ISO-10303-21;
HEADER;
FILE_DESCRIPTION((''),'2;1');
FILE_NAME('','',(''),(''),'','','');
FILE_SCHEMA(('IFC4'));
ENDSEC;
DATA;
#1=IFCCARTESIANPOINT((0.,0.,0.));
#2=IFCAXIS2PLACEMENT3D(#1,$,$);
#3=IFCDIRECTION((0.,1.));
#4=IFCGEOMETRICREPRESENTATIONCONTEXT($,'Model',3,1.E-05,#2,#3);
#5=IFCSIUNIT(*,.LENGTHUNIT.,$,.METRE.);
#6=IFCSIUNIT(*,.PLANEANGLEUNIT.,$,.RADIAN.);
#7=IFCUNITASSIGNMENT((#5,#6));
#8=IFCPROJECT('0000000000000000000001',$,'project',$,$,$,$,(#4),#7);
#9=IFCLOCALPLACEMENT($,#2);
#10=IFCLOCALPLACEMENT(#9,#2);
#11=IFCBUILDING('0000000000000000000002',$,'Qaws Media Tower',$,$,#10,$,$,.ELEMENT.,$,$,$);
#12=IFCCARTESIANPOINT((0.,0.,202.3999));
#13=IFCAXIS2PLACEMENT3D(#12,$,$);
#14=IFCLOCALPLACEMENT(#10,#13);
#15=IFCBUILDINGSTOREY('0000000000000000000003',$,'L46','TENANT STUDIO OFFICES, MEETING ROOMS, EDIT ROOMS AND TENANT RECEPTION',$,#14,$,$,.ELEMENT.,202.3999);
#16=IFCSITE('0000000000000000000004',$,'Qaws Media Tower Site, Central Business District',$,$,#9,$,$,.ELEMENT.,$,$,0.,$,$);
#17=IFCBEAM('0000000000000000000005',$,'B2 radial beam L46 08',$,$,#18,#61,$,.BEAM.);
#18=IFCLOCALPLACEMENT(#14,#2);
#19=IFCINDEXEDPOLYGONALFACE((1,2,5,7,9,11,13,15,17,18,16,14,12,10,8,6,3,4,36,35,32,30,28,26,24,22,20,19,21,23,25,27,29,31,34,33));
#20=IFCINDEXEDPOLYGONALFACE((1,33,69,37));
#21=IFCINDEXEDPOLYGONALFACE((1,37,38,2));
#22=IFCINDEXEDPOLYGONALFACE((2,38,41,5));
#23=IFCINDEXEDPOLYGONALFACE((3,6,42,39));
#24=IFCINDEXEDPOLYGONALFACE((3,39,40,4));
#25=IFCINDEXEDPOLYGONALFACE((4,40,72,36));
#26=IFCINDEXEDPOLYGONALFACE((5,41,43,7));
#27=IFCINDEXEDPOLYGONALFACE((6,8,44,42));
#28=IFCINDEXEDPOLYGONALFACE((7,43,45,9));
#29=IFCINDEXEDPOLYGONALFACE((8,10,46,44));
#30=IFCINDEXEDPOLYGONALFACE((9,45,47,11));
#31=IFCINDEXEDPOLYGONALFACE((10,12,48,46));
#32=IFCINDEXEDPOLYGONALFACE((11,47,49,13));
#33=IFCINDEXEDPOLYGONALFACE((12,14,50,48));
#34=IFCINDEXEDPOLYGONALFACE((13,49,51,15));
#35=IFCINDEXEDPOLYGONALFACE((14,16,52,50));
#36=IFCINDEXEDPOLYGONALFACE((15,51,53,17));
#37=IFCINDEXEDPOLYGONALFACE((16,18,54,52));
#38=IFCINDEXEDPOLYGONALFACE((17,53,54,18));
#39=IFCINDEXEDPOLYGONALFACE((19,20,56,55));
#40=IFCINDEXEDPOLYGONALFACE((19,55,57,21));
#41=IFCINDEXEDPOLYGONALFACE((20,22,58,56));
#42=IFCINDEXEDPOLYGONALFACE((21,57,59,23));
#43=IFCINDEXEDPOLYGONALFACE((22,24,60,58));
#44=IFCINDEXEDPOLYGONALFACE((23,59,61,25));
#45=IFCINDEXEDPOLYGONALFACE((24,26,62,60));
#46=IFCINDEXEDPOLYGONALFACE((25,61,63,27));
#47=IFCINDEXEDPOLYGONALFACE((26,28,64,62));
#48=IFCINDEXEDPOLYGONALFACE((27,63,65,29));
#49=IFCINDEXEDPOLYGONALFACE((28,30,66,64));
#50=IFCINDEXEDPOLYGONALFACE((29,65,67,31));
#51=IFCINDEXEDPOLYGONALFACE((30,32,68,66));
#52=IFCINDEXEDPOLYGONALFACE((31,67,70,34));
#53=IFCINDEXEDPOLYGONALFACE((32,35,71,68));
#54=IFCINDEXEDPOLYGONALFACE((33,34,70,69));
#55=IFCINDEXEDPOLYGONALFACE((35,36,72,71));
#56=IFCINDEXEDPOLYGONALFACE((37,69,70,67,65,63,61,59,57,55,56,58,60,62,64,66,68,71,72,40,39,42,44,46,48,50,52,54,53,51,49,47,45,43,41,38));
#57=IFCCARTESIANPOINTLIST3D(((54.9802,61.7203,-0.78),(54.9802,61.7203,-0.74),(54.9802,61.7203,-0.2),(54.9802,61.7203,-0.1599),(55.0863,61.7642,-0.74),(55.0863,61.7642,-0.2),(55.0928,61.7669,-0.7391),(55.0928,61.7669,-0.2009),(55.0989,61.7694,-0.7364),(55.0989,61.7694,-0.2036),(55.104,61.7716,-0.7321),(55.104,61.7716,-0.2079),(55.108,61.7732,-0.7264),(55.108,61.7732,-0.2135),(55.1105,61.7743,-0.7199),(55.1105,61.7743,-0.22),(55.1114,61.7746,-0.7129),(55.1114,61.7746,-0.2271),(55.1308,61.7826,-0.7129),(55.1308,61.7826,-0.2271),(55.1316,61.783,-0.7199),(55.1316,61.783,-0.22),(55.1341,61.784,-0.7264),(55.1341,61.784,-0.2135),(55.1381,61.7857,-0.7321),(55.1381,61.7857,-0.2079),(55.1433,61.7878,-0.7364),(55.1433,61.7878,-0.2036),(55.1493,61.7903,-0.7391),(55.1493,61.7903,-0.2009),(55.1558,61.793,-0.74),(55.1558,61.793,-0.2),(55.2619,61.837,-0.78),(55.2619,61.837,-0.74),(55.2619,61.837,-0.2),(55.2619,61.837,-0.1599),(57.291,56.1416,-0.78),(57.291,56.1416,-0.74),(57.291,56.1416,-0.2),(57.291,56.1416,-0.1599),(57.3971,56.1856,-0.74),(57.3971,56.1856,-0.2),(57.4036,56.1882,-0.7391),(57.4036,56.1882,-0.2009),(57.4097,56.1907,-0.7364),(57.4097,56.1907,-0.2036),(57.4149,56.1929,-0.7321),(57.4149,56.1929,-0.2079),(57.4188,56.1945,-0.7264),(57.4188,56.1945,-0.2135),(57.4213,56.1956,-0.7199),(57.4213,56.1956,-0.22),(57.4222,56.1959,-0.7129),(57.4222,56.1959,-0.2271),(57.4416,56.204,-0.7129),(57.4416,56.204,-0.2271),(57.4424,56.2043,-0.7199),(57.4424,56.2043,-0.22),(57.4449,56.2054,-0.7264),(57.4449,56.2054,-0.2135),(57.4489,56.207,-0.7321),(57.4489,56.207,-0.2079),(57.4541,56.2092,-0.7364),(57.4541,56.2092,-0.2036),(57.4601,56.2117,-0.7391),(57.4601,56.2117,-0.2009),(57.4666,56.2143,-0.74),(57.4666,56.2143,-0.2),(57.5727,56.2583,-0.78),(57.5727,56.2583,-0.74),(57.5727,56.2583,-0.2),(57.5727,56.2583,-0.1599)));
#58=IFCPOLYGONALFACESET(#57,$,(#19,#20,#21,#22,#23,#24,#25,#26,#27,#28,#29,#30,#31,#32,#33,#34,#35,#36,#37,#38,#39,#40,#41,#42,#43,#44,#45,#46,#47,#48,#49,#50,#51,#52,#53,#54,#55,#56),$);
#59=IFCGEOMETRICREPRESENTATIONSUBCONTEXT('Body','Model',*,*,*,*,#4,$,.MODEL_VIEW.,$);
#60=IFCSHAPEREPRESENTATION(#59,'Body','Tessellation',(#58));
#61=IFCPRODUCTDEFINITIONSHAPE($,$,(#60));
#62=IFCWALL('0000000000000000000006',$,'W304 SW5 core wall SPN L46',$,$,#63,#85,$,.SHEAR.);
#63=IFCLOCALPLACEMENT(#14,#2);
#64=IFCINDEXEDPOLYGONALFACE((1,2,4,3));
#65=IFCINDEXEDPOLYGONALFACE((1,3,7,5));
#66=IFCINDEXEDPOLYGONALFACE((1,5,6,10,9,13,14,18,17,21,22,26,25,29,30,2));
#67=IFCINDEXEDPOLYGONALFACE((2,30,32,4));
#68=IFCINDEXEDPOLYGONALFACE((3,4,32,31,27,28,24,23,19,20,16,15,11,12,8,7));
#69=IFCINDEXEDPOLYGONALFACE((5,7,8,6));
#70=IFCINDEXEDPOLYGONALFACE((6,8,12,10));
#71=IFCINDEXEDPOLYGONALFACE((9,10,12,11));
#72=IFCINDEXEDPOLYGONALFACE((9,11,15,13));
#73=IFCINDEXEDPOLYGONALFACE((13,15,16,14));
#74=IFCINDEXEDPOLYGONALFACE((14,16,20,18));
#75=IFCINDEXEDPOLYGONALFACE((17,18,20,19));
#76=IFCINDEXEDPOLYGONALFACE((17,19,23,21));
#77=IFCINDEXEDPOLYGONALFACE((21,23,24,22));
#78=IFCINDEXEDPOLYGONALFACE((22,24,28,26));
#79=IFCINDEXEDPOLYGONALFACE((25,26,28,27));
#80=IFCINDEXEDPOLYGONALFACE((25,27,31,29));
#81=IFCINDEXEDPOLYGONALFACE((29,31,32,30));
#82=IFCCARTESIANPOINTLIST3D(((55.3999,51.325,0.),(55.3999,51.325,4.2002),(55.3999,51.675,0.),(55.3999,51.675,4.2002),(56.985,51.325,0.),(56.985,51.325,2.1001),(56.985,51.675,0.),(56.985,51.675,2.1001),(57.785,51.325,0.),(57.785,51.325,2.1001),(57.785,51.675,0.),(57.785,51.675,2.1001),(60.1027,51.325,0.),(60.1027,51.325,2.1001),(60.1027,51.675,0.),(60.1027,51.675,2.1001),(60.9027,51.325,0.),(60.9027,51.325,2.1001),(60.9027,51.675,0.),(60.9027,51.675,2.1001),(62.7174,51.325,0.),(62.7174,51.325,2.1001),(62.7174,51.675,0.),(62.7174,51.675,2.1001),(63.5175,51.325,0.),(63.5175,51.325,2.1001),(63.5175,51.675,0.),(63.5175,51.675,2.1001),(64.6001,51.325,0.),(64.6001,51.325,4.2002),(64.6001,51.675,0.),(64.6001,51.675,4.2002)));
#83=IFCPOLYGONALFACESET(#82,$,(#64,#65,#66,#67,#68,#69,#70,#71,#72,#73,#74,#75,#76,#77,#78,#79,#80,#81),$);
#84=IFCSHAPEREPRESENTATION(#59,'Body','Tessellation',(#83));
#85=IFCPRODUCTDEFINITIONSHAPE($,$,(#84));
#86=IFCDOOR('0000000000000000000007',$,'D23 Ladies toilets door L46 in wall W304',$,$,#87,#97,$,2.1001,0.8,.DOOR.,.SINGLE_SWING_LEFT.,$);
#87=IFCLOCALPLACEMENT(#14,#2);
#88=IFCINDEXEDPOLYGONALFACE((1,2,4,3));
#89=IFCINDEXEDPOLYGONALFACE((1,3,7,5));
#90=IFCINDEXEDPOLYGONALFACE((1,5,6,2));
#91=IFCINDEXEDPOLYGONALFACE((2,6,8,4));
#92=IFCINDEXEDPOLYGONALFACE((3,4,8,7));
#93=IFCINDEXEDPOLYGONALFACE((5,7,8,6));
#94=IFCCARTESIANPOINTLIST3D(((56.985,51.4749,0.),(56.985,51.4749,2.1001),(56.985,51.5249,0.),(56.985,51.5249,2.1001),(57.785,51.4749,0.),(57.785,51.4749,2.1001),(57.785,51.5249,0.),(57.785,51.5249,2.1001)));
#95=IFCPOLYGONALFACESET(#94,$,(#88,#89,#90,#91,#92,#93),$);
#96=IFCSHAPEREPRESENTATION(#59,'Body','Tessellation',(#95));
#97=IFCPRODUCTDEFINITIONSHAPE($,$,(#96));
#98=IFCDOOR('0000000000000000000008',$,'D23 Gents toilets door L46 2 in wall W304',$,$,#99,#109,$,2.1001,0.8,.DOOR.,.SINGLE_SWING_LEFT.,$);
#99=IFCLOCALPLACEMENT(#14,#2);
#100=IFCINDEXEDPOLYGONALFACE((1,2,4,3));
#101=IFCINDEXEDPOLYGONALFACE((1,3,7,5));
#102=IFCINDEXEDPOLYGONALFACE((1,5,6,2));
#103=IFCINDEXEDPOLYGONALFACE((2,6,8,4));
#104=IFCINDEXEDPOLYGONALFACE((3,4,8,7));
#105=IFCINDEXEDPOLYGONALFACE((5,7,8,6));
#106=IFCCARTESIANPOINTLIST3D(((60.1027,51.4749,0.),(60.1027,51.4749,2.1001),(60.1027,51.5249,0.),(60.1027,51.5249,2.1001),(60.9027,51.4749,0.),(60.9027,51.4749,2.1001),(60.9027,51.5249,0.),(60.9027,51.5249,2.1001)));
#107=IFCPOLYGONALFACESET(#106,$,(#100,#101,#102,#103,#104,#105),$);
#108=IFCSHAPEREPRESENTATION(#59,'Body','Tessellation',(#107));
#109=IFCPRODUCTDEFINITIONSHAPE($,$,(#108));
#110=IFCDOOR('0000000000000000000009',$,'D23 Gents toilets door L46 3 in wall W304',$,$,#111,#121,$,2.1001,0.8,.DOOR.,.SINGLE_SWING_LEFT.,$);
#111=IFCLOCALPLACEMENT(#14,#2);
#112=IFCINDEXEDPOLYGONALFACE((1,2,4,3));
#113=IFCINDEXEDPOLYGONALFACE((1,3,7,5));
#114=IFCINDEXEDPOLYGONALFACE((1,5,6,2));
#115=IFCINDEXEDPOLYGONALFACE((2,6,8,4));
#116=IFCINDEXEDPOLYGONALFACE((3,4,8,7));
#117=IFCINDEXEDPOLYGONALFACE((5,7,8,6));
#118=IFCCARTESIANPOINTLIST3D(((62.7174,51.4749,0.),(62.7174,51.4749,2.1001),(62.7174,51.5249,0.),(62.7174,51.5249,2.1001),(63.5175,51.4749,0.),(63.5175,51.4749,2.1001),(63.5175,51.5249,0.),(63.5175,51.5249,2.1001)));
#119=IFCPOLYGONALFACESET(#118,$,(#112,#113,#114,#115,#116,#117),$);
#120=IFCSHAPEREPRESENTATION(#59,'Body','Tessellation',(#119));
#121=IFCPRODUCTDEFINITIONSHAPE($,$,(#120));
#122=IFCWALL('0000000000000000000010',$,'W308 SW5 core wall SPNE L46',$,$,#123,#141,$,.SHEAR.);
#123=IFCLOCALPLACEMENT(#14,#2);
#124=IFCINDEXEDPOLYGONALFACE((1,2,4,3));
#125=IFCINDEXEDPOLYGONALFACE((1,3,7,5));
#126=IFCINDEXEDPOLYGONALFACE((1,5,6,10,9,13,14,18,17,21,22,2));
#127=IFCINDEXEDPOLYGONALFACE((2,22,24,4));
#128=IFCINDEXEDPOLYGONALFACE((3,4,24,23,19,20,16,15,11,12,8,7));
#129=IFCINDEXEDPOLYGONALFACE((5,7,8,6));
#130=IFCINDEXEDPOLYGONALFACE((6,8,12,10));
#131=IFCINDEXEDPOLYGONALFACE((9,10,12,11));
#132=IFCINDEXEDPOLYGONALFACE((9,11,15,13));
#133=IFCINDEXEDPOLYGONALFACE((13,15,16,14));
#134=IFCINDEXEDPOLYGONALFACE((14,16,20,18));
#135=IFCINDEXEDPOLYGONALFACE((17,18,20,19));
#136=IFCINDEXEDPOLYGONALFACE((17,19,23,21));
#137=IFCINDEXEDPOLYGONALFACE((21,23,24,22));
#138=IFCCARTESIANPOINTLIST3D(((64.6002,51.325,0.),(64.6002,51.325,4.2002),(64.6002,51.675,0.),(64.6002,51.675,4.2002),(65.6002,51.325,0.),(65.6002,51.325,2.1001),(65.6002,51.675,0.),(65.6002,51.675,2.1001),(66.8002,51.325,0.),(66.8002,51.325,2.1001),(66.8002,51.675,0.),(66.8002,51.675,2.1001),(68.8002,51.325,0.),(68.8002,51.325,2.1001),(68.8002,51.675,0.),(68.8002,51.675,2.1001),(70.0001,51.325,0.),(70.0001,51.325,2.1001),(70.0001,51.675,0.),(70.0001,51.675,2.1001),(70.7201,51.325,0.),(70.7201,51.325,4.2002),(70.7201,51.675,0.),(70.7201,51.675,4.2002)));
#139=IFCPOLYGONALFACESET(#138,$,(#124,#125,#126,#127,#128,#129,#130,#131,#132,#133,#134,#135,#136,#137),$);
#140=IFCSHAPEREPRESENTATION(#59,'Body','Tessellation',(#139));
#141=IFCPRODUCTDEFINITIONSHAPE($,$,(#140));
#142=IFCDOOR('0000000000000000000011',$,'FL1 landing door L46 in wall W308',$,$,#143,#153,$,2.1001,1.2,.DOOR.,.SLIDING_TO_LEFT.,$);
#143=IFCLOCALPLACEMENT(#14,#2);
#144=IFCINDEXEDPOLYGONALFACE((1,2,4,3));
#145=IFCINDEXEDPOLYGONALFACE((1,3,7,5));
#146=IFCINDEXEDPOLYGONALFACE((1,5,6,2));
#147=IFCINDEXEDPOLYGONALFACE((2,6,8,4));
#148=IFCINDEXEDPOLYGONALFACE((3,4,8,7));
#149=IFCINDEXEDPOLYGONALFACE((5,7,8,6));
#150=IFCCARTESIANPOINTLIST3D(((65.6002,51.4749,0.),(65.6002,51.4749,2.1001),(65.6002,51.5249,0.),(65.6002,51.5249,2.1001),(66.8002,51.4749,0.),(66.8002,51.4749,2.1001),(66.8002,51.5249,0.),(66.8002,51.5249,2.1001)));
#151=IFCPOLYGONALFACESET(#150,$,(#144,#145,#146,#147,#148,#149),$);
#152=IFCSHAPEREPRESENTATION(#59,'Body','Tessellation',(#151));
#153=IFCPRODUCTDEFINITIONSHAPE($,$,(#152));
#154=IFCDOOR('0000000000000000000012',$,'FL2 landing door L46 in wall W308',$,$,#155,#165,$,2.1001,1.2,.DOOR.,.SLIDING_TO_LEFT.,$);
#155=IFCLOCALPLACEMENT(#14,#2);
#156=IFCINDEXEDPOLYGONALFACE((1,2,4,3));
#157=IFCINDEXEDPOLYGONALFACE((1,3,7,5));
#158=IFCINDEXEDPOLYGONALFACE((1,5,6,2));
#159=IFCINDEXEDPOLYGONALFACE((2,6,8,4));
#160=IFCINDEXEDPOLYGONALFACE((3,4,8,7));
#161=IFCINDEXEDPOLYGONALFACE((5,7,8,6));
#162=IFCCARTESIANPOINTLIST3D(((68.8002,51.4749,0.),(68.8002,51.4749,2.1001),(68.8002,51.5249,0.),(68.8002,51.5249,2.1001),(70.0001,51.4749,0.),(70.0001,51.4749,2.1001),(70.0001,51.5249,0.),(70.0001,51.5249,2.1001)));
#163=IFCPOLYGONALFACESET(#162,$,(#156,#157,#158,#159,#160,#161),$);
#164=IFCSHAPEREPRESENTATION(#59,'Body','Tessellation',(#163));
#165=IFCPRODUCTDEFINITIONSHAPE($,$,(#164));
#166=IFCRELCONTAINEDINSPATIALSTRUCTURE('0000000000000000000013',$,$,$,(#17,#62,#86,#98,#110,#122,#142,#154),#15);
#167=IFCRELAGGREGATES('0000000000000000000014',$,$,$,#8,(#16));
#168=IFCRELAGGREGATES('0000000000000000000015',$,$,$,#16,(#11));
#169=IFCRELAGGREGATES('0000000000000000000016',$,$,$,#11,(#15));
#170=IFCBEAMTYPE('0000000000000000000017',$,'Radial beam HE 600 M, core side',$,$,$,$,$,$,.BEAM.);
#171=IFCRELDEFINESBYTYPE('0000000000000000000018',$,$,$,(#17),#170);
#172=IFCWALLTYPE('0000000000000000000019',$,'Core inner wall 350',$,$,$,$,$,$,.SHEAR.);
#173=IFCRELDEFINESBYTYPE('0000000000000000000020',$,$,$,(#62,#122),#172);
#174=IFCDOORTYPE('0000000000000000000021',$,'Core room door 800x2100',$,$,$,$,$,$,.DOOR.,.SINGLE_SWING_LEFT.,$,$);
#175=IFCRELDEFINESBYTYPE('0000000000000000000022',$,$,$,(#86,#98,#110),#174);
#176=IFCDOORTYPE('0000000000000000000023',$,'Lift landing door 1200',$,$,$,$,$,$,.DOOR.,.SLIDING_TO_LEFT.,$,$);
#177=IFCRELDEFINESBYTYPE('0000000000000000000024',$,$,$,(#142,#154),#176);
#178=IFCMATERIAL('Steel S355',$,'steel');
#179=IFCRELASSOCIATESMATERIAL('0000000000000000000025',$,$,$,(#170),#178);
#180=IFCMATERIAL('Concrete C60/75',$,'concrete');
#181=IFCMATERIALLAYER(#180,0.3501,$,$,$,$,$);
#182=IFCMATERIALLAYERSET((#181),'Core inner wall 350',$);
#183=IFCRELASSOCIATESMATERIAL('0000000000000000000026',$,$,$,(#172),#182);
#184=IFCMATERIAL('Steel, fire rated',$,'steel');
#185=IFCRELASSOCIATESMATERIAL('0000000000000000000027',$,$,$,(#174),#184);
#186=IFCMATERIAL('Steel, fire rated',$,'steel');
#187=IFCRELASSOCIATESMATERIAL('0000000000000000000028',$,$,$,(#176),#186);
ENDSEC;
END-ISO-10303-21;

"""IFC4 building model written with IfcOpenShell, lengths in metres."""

from ifc_helpers import new_model, si_unit, direction, frame, frame_2d, origin, origin_2d, place, context, subcontext, project, spatial, rectangle, i_section, extrude, material, layer, layer_set, material_profile, profile_set, type_object, element, fill, save


model = new_model("IFC4")

# Units and contexts
model_context = context("Model", 3, precision=1e-05, world=origin(), true_north=direction((0.0, 1.0)))
body_context = subcontext(model_context, "Body", "Model", "MODEL_VIEW")
ifc_project = project(units=[si_unit("LENGTHUNIT", "METRE"), si_unit("PLANEANGLEUNIT", "RADIAN")], contexts=[model_context])

# Site, building, storey
site_placement = place(None, origin())
site = spatial("IfcSite", under=ifc_project, at=site_placement, Name="Qaws Media Tower Site, Central Business District", CompositionType="ELEMENT", RefElevation=0.0)
building_placement = place(site_placement, origin())
building = spatial("IfcBuilding", under=site, at=building_placement, Name="Qaws Media Tower", CompositionType="ELEMENT")
storey_placement = place(building_placement, frame((0.0, 0.0, 202.3999)))
storey = spatial("IfcBuildingStorey", under=building, at=storey_placement, Name="L46", Description="TENANT STUDIO OFFICES, MEETING ROOMS, EDIT ROOMS AND TENANT RECEPTION", CompositionType="ELEMENT", Elevation=202.3999)

# Beam
ifc_material_1 = material(Name="Steel S355", Category="steel")
ifc_material_profile = material_profile(ifc_material_1, i_section(OverallWidth=0.3049, OverallDepth=0.6201, WebThickness=0.021, FlangeThickness=0.04, FilletRadius=0.0271, at=origin_2d()), Name="HE 600 M")
ifc_profile_set = profile_set([ifc_material_profile], Name="Steel S355")
beam_type = type_object("IfcBeamType", Name="Radial beam HE 600 M, core side", PredefinedType="BEAM", material=ifc_profile_set)
beam_placement = place(storey_placement, frame((57.4319, 56.2, -0.47), z_axis=(-0.382691, 0.923876, 0.0), x_axis=(-0.923876, -0.382691, 0.0)))
element("IfcBeam", 1, at=beam_placement, inside=storey, type_object=beam_type, Name="B2 radial beam L46 08", PredefinedType="BEAM", context=body_context, shape_type="SweptSolid", body=[
    extrude(i_section(OverallWidth=0.3049, OverallDepth=0.6201, WebThickness=0.021, FlangeThickness=0.04, FilletRadius=0.0271, at=origin_2d()), origin(), (0.0, 0.0, 1.0), 6.0383),
])

# Walls, openings, doors
ifc_material_2 = material(Name="Concrete C60/75", Category="concrete")
ifc_layer_1 = layer(ifc_material_2, 0.3501)
ifc_layer_set_1 = layer_set([ifc_layer_1], Name="Core inner wall 350")
wall_type_1 = type_object("IfcWallType", Name="Core inner wall 350", PredefinedType="SHEAR", material=ifc_layer_set_1)
wall_1_placement = place(storey_placement, frame((55.3999, 51.5, 0.0), z_axis=(0.0, 0.0, 1.0), x_axis=(1.0, 0.0, 0.0)))
wall_1 = element("IfcWall", 2, at=wall_1_placement, inside=storey, type_object=wall_type_1, Name="W304 SW5 core wall SPN L46", PredefinedType="SHEAR", context=body_context, shape_type="SweptSolid", body=[
    extrude(rectangle(XDim=9.2002, YDim=0.3501, at=frame_2d((4.6001, 0.0))), origin(), (0.0, 0.0, 1.0), 4.2002),
])
opening_1_placement = place(wall_1_placement, frame((1.5852, 0.0, 0.0)))
opening_1 = element("IfcOpeningElement", 3, at=opening_1_placement, cuts=wall_1, PredefinedType="OPENING", context=body_context, shape_type="SweptSolid", body=[
    extrude(rectangle(XDim=0.8, YDim=2.1001, at=frame_2d((0.3999, 1.05))), frame((0.0, 0.1851, 0.0), z_axis=(0.0, -1.0, 0.0), x_axis=(1.0, 0.0, 0.0)), (0.0, 0.0, 1.0), 0.3701),
])
opening_2_placement = place(wall_1_placement, frame((4.7029, 0.0, 0.0)))
opening_2 = element("IfcOpeningElement", 4, at=opening_2_placement, cuts=wall_1, PredefinedType="OPENING", context=body_context, shape_type="SweptSolid", body=[
    extrude(rectangle(XDim=0.8, YDim=2.1001, at=frame_2d((0.3999, 1.05))), frame((0.0, 0.1851, 0.0), z_axis=(0.0, -1.0, 0.0), x_axis=(1.0, 0.0, 0.0)), (0.0, 0.0, 1.0), 0.3701),
])
opening_3_placement = place(wall_1_placement, frame((7.3176, 0.0, 0.0)))
opening_3 = element("IfcOpeningElement", 5, at=opening_3_placement, cuts=wall_1, PredefinedType="OPENING", context=body_context, shape_type="SweptSolid", body=[
    extrude(rectangle(XDim=0.8, YDim=2.1001, at=frame_2d((0.3999, 1.05))), frame((0.0, 0.1851, 0.0), z_axis=(0.0, -1.0, 0.0), x_axis=(1.0, 0.0, 0.0)), (0.0, 0.0, 1.0), 0.3701),
])
ifc_material_3 = material(Name="Steel, fire rated", Category="steel")
door_type_1 = type_object("IfcDoorType", Name="Core room door 800x2100", OperationType="SINGLE_SWING_LEFT", PredefinedType="DOOR", material=ifc_material_3)
door_1_placement = place(opening_1_placement, origin())
door_1 = element("IfcDoor", 6, at=door_1_placement, inside=storey, type_object=door_type_1, Name="D23 Ladies toilets door L46 in wall W304", OperationType="SINGLE_SWING_LEFT", OverallHeight=2.1001, OverallWidth=0.8, PredefinedType="DOOR", context=body_context, shape_type="SweptSolid", body=[
    extrude(rectangle(XDim=0.8, YDim=2.1001, at=frame_2d((0.3999, 1.05))), frame((0.0, 0.0249, 0.0), z_axis=(0.0, -1.0, 0.0), x_axis=(1.0, 0.0, 0.0)), (0.0, 0.0, 1.0), 0.05),
])
fill(opening_1, door_1)
door_2_placement = place(opening_2_placement, origin())
door_2 = element("IfcDoor", 7, at=door_2_placement, inside=storey, type_object=door_type_1, Name="D23 Gents toilets door L46 2 in wall W304", OperationType="SINGLE_SWING_LEFT", OverallHeight=2.1001, OverallWidth=0.8, PredefinedType="DOOR", context=body_context, shape_type="SweptSolid", body=[
    extrude(rectangle(XDim=0.8, YDim=2.1001, at=frame_2d((0.3999, 1.05))), frame((0.0, 0.0249, 0.0), z_axis=(0.0, -1.0, 0.0), x_axis=(1.0, 0.0, 0.0)), (0.0, 0.0, 1.0), 0.05),
])
fill(opening_2, door_2)
door_3_placement = place(opening_3_placement, origin())
door_3 = element("IfcDoor", 8, at=door_3_placement, inside=storey, type_object=door_type_1, Name="D23 Gents toilets door L46 3 in wall W304", OperationType="SINGLE_SWING_LEFT", OverallHeight=2.1001, OverallWidth=0.8, PredefinedType="DOOR", context=body_context, shape_type="SweptSolid", body=[
    extrude(rectangle(XDim=0.8, YDim=2.1001, at=frame_2d((0.3999, 1.05))), frame((0.0, 0.0249, 0.0), z_axis=(0.0, -1.0, 0.0), x_axis=(1.0, 0.0, 0.0)), (0.0, 0.0, 1.0), 0.05),
])
fill(opening_3, door_3)
wall_2_placement = place(storey_placement, frame((64.6001, 51.5, 0.0), z_axis=(0.0, 0.0, 1.0), x_axis=(1.0, 0.0, 0.0)))
wall_2 = element("IfcWall", 9, at=wall_2_placement, inside=storey, type_object=wall_type_1, Name="W308 SW5 core wall SPNE L46", PredefinedType="SHEAR", context=body_context, shape_type="SweptSolid", body=[
    extrude(rectangle(XDim=6.1199, YDim=0.3501, at=frame_2d((3.0601, 0.0))), origin(), (0.0, 0.0, 1.0), 4.2002),
])
opening_4_placement = place(wall_2_placement, frame((1.0, 0.0, 0.0)))
opening_4 = element("IfcOpeningElement", 10, at=opening_4_placement, cuts=wall_2, PredefinedType="OPENING", context=body_context, shape_type="SweptSolid", body=[
    extrude(rectangle(XDim=1.2, YDim=2.1001, at=frame_2d((0.6001, 1.05))), frame((0.0, 0.1851, 0.0), z_axis=(0.0, -1.0, 0.0), x_axis=(1.0, 0.0, 0.0)), (0.0, 0.0, 1.0), 0.3701),
])
opening_5_placement = place(wall_2_placement, frame((4.2, 0.0, 0.0)))
opening_5 = element("IfcOpeningElement", 11, at=opening_5_placement, cuts=wall_2, PredefinedType="OPENING", context=body_context, shape_type="SweptSolid", body=[
    extrude(rectangle(XDim=1.2, YDim=2.1001, at=frame_2d((0.6001, 1.05))), frame((0.0, 0.1851, 0.0), z_axis=(0.0, -1.0, 0.0), x_axis=(1.0, 0.0, 0.0)), (0.0, 0.0, 1.0), 0.3701),
])
ifc_material_4 = material(Name="Steel, fire rated", Category="steel")
door_type_2 = type_object("IfcDoorType", Name="Lift landing door 1200", OperationType="SLIDING_TO_LEFT", PredefinedType="DOOR", material=ifc_material_4)
door_4_placement = place(opening_4_placement, origin())
door_4 = element("IfcDoor", 12, at=door_4_placement, inside=storey, type_object=door_type_2, Name="FL1 landing door L46 in wall W308", OperationType="SLIDING_TO_LEFT", OverallHeight=2.1001, OverallWidth=1.2, PredefinedType="DOOR", context=body_context, shape_type="SweptSolid", body=[
    extrude(rectangle(XDim=1.2, YDim=2.1001, at=frame_2d((0.6001, 1.05))), frame((0.0, 0.0249, 0.0), z_axis=(0.0, -1.0, 0.0), x_axis=(1.0, 0.0, 0.0)), (0.0, 0.0, 1.0), 0.05),
])
fill(opening_4, door_4)
door_5_placement = place(opening_5_placement, origin())
door_5 = element("IfcDoor", 13, at=door_5_placement, inside=storey, type_object=door_type_2, Name="FL2 landing door L46 in wall W308", OperationType="SLIDING_TO_LEFT", OverallHeight=2.1001, OverallWidth=1.2, PredefinedType="DOOR", context=body_context, shape_type="SweptSolid", body=[
    extrude(rectangle(XDim=1.2, YDim=2.1001, at=frame_2d((0.6001, 1.05))), frame((0.0, 0.0249, 0.0), z_axis=(0.0, -1.0, 0.0), x_axis=(1.0, 0.0, 0.0)), (0.0, 0.0, 1.0), 0.05),
])
fill(opening_5, door_5)

save(model, "model.ifc")
